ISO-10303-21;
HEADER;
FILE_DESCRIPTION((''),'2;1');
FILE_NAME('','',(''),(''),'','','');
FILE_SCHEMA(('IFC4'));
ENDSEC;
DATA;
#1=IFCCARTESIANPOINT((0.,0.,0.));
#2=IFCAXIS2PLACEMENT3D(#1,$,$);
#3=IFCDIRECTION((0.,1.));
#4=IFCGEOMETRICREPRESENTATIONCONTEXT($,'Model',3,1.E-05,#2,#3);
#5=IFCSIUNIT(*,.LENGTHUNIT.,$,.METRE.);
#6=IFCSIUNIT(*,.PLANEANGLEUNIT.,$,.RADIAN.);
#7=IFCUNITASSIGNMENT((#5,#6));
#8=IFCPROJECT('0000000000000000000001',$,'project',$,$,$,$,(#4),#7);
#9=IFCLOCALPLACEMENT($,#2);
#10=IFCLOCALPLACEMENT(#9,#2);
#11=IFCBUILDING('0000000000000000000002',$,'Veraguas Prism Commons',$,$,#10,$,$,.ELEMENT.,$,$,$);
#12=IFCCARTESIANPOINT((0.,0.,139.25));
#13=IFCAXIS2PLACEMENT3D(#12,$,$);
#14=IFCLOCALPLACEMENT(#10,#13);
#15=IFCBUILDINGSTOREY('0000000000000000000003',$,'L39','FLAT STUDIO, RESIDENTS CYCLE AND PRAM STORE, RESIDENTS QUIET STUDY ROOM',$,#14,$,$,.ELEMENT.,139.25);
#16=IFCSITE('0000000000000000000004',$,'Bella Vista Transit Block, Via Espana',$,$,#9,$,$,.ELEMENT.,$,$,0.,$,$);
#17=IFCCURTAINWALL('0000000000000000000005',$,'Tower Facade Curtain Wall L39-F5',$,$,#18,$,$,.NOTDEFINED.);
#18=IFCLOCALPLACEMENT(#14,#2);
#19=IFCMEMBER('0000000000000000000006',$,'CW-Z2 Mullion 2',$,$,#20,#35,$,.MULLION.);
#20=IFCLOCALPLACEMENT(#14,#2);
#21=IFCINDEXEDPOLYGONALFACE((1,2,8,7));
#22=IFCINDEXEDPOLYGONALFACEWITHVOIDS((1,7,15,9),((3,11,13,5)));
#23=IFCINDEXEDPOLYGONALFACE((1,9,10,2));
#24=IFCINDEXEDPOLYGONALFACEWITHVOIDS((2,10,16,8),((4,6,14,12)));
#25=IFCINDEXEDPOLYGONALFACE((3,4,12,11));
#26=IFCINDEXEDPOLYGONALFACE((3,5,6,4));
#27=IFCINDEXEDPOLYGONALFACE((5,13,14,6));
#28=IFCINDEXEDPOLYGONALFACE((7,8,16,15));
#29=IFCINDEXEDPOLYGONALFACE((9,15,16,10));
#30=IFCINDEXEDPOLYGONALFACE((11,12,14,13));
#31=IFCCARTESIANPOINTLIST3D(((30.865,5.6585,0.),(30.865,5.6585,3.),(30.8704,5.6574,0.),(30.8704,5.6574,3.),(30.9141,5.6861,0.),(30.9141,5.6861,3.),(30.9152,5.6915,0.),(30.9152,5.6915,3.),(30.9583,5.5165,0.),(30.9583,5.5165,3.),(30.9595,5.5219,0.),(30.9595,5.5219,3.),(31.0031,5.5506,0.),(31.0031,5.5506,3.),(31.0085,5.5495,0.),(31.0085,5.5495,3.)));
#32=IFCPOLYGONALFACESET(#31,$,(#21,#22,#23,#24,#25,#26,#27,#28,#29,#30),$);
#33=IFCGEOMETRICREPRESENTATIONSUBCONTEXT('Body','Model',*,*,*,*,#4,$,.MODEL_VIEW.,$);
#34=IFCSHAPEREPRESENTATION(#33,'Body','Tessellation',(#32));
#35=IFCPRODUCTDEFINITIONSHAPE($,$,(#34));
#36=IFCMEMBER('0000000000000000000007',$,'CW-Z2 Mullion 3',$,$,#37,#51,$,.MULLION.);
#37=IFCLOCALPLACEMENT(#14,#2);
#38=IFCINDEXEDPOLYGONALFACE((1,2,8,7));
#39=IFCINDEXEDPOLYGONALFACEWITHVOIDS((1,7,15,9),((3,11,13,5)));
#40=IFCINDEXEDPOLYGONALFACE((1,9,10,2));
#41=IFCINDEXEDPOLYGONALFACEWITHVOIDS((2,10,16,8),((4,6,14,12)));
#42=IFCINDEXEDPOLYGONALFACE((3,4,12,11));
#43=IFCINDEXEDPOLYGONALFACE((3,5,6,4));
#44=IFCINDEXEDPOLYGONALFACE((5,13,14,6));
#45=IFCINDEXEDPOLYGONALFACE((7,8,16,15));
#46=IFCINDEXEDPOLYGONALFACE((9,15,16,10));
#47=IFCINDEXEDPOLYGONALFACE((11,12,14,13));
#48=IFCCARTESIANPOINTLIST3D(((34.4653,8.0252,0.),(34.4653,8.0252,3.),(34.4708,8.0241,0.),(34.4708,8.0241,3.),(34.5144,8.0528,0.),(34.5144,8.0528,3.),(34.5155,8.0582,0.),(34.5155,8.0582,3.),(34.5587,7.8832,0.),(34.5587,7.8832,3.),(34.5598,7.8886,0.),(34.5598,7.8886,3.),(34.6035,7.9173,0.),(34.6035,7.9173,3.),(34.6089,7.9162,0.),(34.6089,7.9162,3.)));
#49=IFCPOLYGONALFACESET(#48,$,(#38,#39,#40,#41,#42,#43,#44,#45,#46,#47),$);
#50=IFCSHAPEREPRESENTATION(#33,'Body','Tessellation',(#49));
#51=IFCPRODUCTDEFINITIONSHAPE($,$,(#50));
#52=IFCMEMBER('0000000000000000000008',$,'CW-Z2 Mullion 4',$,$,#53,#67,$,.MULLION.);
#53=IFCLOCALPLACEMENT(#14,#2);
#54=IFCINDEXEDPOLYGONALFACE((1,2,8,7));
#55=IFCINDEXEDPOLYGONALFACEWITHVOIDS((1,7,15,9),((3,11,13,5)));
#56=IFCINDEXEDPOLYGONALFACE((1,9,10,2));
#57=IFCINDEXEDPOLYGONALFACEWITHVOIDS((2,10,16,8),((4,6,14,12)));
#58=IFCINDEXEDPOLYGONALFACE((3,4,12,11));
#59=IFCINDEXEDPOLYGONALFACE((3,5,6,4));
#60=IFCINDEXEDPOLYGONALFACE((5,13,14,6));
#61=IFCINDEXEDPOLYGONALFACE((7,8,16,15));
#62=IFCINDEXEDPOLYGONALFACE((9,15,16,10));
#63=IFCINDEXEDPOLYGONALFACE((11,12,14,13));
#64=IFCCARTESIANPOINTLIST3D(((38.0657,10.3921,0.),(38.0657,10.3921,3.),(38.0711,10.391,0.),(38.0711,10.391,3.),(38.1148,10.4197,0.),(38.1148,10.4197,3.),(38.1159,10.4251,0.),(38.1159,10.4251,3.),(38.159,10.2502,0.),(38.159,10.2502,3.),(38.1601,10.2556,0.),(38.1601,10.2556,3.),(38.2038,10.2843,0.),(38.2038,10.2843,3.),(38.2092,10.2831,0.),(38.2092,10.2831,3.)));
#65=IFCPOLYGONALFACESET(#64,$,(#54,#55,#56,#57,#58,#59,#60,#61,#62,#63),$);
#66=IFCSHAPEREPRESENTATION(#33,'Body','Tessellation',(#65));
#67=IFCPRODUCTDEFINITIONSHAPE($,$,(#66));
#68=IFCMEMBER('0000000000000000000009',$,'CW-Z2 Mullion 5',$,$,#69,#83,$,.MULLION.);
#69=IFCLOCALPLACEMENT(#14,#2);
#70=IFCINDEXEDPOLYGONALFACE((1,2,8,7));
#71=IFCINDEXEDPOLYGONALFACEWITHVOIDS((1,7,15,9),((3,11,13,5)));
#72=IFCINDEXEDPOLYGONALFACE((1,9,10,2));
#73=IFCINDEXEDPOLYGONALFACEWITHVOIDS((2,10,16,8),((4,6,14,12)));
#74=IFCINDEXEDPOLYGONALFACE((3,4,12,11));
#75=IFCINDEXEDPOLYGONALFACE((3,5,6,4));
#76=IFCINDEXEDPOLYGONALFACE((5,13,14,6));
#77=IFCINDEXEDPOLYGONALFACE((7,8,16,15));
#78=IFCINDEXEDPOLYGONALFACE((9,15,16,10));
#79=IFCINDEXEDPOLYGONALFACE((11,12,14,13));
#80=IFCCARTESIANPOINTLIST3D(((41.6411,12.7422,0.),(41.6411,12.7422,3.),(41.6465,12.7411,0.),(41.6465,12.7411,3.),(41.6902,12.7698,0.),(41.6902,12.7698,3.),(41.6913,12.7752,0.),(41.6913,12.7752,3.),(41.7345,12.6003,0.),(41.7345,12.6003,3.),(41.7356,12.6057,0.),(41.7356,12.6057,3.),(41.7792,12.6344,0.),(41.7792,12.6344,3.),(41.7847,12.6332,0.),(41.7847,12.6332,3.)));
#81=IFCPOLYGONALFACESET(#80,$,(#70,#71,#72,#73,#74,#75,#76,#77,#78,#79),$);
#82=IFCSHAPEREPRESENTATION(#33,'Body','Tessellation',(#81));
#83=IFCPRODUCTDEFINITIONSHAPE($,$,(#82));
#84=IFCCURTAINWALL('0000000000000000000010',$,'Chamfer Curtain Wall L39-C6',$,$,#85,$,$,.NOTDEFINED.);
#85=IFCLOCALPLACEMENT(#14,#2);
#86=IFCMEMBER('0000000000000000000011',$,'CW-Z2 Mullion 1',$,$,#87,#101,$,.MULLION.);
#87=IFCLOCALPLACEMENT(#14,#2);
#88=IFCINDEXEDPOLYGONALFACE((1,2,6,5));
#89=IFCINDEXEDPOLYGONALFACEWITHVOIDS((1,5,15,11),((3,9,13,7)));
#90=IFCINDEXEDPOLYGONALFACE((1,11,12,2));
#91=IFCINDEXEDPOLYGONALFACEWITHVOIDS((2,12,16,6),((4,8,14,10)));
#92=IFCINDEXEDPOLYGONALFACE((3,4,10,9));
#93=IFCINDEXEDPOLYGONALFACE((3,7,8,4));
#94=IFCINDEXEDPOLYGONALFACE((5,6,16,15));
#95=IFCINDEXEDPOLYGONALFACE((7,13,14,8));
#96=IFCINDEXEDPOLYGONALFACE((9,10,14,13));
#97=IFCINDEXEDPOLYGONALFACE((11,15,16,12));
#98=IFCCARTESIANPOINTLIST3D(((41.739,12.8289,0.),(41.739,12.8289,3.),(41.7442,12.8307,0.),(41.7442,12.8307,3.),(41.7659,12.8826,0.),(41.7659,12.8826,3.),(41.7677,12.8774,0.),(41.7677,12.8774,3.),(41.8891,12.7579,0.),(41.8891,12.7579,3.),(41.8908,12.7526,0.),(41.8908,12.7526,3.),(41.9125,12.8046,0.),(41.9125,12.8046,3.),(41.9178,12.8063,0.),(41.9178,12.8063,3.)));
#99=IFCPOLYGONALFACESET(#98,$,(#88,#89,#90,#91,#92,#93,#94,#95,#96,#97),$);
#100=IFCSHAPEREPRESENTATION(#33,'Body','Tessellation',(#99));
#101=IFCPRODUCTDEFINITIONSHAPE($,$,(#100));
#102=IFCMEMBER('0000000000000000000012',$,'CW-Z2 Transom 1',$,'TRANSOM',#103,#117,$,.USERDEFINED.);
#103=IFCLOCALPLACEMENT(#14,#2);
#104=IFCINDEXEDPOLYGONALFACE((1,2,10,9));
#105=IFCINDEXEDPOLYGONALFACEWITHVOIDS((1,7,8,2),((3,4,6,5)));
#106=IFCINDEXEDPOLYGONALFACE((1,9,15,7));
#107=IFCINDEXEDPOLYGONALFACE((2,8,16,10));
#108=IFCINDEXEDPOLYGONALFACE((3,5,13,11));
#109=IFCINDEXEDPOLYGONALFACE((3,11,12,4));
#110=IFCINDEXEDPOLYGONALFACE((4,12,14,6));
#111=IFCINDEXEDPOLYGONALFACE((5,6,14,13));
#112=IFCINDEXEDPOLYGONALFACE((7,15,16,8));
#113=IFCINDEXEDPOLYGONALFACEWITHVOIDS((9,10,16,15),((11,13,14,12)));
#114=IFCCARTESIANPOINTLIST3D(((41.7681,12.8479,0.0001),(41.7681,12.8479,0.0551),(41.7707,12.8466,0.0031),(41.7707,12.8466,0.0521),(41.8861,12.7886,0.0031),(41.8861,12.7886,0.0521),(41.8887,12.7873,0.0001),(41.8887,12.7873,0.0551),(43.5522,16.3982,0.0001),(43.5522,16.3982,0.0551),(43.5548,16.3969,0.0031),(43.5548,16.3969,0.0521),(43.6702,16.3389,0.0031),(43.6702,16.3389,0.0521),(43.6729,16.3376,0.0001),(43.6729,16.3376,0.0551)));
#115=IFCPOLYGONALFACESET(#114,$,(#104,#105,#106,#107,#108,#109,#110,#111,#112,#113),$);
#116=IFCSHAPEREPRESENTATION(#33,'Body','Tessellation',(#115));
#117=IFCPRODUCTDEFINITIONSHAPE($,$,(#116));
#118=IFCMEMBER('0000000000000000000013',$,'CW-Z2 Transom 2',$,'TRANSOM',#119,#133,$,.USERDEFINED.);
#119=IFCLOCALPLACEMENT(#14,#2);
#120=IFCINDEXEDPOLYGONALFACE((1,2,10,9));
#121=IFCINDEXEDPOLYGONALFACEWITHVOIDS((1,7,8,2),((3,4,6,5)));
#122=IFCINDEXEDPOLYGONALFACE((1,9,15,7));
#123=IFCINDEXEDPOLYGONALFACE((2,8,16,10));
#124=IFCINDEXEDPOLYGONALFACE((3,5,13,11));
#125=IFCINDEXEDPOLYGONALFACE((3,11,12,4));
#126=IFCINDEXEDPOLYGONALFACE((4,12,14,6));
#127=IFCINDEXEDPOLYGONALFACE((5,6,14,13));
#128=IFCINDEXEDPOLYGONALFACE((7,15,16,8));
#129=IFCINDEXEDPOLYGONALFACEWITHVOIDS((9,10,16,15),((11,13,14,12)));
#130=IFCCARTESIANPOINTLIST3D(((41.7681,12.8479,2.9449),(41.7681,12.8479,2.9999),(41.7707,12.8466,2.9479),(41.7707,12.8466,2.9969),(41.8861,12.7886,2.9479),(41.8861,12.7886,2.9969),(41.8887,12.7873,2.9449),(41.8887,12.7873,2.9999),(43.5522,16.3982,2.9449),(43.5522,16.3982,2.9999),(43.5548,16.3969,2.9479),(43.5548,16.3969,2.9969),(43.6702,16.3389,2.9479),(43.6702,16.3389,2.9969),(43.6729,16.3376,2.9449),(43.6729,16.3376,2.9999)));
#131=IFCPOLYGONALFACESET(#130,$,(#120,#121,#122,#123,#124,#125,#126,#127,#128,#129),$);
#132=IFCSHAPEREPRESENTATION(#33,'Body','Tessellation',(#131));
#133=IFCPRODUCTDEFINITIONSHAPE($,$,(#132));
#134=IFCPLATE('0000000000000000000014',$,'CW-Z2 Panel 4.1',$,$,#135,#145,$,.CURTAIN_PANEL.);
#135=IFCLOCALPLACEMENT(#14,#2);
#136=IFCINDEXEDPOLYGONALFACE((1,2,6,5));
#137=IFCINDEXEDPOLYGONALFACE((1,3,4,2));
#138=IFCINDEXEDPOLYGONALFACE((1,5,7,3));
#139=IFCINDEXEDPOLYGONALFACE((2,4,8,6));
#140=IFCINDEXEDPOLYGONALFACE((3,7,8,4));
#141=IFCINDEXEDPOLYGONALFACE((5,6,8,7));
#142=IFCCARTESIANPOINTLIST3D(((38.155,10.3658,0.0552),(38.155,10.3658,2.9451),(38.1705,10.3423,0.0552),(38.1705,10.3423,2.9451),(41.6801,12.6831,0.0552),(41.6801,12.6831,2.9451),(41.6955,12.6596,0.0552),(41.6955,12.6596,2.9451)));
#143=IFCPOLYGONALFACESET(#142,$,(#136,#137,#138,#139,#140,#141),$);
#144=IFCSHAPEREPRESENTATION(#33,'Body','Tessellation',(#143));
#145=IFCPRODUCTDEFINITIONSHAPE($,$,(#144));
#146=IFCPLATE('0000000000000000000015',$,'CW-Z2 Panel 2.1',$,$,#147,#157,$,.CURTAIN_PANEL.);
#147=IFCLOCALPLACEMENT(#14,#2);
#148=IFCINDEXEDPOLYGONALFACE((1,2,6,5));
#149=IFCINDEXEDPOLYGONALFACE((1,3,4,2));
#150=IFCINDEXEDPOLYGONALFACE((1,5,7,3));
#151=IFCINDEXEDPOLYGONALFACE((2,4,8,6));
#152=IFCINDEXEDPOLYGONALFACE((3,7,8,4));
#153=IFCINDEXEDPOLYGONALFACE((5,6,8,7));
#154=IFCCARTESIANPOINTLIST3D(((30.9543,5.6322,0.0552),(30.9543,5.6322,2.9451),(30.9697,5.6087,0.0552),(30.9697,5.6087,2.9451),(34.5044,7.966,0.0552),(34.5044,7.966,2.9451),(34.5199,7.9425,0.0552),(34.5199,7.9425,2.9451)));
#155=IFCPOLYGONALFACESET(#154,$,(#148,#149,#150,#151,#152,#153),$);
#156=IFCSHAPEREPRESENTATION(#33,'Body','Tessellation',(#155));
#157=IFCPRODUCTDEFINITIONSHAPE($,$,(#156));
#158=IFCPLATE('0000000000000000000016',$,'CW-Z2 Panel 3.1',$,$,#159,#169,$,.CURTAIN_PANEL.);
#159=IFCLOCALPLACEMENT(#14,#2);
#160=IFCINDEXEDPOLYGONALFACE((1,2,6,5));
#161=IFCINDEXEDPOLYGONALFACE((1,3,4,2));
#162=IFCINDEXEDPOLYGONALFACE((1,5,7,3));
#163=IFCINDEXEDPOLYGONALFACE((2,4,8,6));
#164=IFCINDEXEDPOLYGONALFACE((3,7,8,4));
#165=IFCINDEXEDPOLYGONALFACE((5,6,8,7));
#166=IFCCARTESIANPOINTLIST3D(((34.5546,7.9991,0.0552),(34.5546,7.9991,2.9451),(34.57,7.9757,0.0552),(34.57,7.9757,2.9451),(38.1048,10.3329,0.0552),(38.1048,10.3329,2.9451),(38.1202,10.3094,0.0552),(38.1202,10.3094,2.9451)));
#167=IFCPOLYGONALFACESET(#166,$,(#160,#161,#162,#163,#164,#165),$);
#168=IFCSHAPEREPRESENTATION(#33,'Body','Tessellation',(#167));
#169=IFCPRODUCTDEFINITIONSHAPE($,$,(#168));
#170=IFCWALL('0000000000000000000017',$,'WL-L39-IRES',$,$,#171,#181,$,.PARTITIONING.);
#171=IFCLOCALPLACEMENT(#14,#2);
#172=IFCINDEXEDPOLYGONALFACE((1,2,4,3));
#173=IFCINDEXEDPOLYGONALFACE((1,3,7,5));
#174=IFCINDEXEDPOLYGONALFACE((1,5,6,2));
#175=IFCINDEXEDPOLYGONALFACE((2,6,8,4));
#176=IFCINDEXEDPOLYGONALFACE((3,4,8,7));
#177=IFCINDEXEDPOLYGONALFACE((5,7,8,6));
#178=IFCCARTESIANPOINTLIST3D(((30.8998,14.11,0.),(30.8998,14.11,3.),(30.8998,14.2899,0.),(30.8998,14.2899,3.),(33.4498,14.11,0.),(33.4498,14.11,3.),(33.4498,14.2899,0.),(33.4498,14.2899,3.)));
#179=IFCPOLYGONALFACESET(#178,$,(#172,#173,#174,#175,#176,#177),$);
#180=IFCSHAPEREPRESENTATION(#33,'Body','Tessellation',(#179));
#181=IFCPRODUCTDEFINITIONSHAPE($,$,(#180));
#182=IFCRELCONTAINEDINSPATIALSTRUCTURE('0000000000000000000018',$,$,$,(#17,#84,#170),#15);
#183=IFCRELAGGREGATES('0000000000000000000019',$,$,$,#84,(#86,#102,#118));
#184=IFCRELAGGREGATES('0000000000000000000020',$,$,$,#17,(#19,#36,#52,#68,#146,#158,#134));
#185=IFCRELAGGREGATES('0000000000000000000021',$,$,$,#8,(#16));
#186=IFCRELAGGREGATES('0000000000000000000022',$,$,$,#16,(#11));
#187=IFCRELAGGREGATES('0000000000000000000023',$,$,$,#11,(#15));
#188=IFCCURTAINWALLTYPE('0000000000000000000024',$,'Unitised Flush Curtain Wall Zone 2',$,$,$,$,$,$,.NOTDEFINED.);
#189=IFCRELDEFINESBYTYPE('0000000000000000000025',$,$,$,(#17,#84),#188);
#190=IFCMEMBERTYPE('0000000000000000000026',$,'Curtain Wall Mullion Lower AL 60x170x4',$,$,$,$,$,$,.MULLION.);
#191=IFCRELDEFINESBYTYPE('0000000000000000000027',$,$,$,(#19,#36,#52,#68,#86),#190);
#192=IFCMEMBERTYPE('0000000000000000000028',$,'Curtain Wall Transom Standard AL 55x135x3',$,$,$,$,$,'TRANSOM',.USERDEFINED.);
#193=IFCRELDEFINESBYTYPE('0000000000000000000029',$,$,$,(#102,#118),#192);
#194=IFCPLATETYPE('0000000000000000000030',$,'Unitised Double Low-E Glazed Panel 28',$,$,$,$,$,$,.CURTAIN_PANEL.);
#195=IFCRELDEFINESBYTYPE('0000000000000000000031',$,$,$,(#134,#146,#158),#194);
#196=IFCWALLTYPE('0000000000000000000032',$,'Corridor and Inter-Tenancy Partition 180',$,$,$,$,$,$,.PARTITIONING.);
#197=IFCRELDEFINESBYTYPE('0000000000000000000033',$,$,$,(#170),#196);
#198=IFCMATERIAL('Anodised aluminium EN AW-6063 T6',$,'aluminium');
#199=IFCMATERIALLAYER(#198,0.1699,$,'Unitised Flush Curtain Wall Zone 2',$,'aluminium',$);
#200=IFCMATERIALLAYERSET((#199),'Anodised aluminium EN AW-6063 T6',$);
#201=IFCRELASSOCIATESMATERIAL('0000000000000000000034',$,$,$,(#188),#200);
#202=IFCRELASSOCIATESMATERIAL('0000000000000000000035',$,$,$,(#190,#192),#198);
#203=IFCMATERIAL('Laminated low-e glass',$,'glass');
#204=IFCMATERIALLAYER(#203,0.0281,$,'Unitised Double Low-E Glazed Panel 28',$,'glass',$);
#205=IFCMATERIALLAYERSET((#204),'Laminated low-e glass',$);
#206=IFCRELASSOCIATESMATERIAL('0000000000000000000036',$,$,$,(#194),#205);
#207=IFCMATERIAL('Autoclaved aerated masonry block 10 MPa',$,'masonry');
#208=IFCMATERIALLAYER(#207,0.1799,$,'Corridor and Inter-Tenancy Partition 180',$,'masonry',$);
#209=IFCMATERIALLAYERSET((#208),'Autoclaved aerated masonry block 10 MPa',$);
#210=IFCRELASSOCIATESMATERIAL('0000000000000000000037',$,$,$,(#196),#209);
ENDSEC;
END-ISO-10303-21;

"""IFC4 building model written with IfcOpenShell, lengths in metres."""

from ifc_helpers import new_model, si_unit, direction, frame, frame_2d, origin, origin_2d, place, context, subcontext, project, spatial, rectangle, hollow_rectangle, extrude, source, transform, mapped, material, layer, layer_set, material_profile, profile_set, type_object, element, aggregate, save


model = new_model("IFC4")

# Units and contexts
model_context = context("Model", 3, precision=1e-05, world=origin(), true_north=direction((0.0, 1.0)))
body_context = subcontext(model_context, "Body", "Model", "MODEL_VIEW")
ifc_project = project(units=[si_unit("LENGTHUNIT", "METRE"), si_unit("PLANEANGLEUNIT", "RADIAN")], contexts=[model_context])

# Site, building, storey
site_placement = place(None, origin())
site = spatial("IfcSite", under=ifc_project, at=site_placement, Name="Bella Vista Transit Block, Via Espana", CompositionType="ELEMENT", RefElevation=0.0)
building_placement = place(site_placement, origin())
building = spatial("IfcBuilding", under=site, at=building_placement, Name="Veraguas Prism Commons", CompositionType="ELEMENT")
storey_placement = place(building_placement, frame((0.0, 0.0, 139.25)))
storey = spatial("IfcBuildingStorey", under=building, at=storey_placement, Name="L39", Description="FLAT STUDIO, RESIDENTS CYCLE AND PRAM STORE, RESIDENTS QUIET STUDY ROOM", CompositionType="ELEMENT", Elevation=139.25)

# Curtain walls, members
ifc_material_1 = material(Name="Anodised aluminium EN AW-6063 T6", Category="aluminium")
ifc_layer_1 = layer(ifc_material_1, 0.1699, Name="Unitised Flush Curtain Wall Zone 2", Category="aluminium")
ifc_layer_set_1 = layer_set([ifc_layer_1], Name="Anodised aluminium EN AW-6063 T6")
curtain_wall_type = type_object("IfcCurtainWallType", Name="Unitised Flush Curtain Wall Zone 2", PredefinedType="NOTDEFINED", material=ifc_layer_set_1)
curtain_wall_1_placement = place(storey_placement, origin())
curtain_wall_1 = element("IfcCurtainWall", 1, at=curtain_wall_1_placement, inside=storey, type_object=curtain_wall_type, Name="Tower Facade Curtain Wall L39-F5", PredefinedType="NOTDEFINED")
ifc_material_profile_1 = material_profile(ifc_material_1, hollow_rectangle(XDim=0.0601, YDim=0.1699, WallThickness=0.0039, at=origin_2d()), Name="AL60X170X4")
ifc_profile_set_1 = profile_set([ifc_material_profile_1], Name="Anodised aluminium EN AW-6063 T6")
member_type_1 = type_object("IfcMemberType", Name="Curtain Wall Mullion Lower AL 60x170x4", PredefinedType="MULLION", material=ifc_profile_set_1)
shared_shape_1 = source(origin(), body_context, "Body", "SweptSolid", [
    extrude(hollow_rectangle(XDim=0.0601, YDim=0.1699, WallThickness=0.0039, at=origin_2d()), origin(), (0.0, 0.0, 1.0), 3.0),
])
member_1_placement = place(storey_placement, frame((30.9368, 5.604, 0.0), z_axis=(0.0, 0.0, 1.0), x_axis=(0.83562, 0.549309, 0.0)))
member_1 = element("IfcMember", 2, at=member_1_placement, type_object=member_type_1, Name="CW-Z2 Mullion 2", PredefinedType="MULLION", context=body_context, shape_type="MappedRepresentation", body=[
    mapped(shared_shape_1, transform((0.0, 0.0, 0.0), scale=1.0)),
])
member_2_placement = place(storey_placement, frame((34.5371, 7.9707, 0.0), z_axis=(0.0, 0.0, 1.0), x_axis=(0.83562, 0.549309, 0.0)))
member_2 = element("IfcMember", 3, at=member_2_placement, type_object=member_type_1, Name="CW-Z2 Mullion 3", PredefinedType="MULLION", context=body_context, shape_type="MappedRepresentation", body=[
    mapped(shared_shape_1, transform((0.0, 0.0, 0.0), scale=1.0)),
])
member_3_placement = place(storey_placement, frame((38.1375, 10.3376, 0.0), z_axis=(0.0, 0.0, 1.0), x_axis=(0.83562, 0.549309, 0.0)))
member_3 = element("IfcMember", 4, at=member_3_placement, type_object=member_type_1, Name="CW-Z2 Mullion 4", PredefinedType="MULLION", context=body_context, shape_type="MappedRepresentation", body=[
    mapped(shared_shape_1, transform((0.0, 0.0, 0.0), scale=1.0)),
])
member_4_placement = place(storey_placement, frame((41.7129, 12.6877, 0.0), z_axis=(0.0, 0.0, 1.0), x_axis=(0.83562, 0.549309, 0.0)))
member_4 = element("IfcMember", 5, at=member_4_placement, type_object=member_type_1, Name="CW-Z2 Mullion 5", PredefinedType="MULLION", context=body_context, shape_type="MappedRepresentation", body=[
    mapped(shared_shape_1, transform((0.0, 0.0, 0.0), scale=1.0)),
])
curtain_wall_2_placement = place(storey_placement, origin())
curtain_wall_2 = element("IfcCurtainWall", 6, at=curtain_wall_2_placement, inside=storey, type_object=curtain_wall_type, Name="Chamfer Curtain Wall L39-C6", PredefinedType="NOTDEFINED")
member_5_placement = place(storey_placement, frame((41.8284, 12.8176, 0.0), z_axis=(0.0, 0.0, 1.0), x_axis=(0.449018, 0.893523, 0.0)))
member_5 = element("IfcMember", 7, at=member_5_placement, type_object=member_type_1, Name="CW-Z2 Mullion 1", PredefinedType="MULLION", context=body_context, shape_type="MappedRepresentation", body=[
    mapped(shared_shape_1, transform((0.0, 0.0, 0.0), scale=1.0)),
])
ifc_material_profile_2 = material_profile(ifc_material_1, hollow_rectangle(XDim=0.0549, YDim=0.135, WallThickness=0.0029, at=origin_2d()), Name="AL55X135X3")
ifc_profile_set_2 = profile_set([ifc_material_profile_2], Name="Anodised aluminium EN AW-6063 T6")
member_type_2 = type_object("IfcMemberType", Name="Curtain Wall Transom Standard AL 55x135x3", ElementType="TRANSOM", PredefinedType="USERDEFINED", material=ifc_profile_set_2)
shared_shape_2 = source(origin(), body_context, "Body", "SweptSolid", [
    extrude(hollow_rectangle(XDim=0.0549, YDim=0.135, WallThickness=0.0029, at=origin_2d()), origin(), (0.0, 0.0, 1.0), 3.9734),
])
member_6_placement = place(storey_placement, frame((41.8284, 12.8176, 0.0276), z_axis=(0.449031, 0.893516, 0.0), x_axis=(0.0, 0.0, 1.0)))
member_6 = element("IfcMember", 8, at=member_6_placement, type_object=member_type_2, Name="CW-Z2 Transom 1", ObjectType="TRANSOM", PredefinedType="USERDEFINED", context=body_context, shape_type="MappedRepresentation", body=[
    mapped(shared_shape_2, transform((0.0, 0.0, 0.0), scale=1.0)),
])
member_7_placement = place(storey_placement, frame((41.8284, 12.8176, 2.9724), z_axis=(0.449031, 0.893516, 0.0), x_axis=(0.0, 0.0, 1.0)))
member_7 = element("IfcMember", 9, at=member_7_placement, type_object=member_type_2, Name="CW-Z2 Transom 2", ObjectType="TRANSOM", PredefinedType="USERDEFINED", context=body_context, shape_type="MappedRepresentation", body=[
    mapped(shared_shape_2, transform((0.0, 0.0, 0.0), scale=1.0)),
])
aggregate(curtain_wall_2, [member_5, member_6, member_7])

# Plates
ifc_material_2 = material(Name="Laminated low-e glass", Category="glass")
ifc_layer_2 = layer(ifc_material_2, 0.0281, Name="Unitised Double Low-E Glazed Panel 28", Category="glass")
ifc_layer_set_2 = layer_set([ifc_layer_2], Name="Laminated low-e glass")
plate_type = type_object("IfcPlateType", Name="Unitised Double Low-E Glazed Panel 28", PredefinedType="CURTAIN_PANEL", material=ifc_layer_set_2)
shared_shape_3 = source(origin(), body_context, "Body", "SweptSolid", [
    extrude(rectangle(XDim=4.2185, YDim=0.0281, at=origin_2d()), origin(), (0.0, 0.0, 1.0), 2.8899),
])
plate_1_placement = place(storey_placement, frame((39.9253, 11.5127, 0.0552), z_axis=(0.0, 0.0, 1.0), x_axis=(0.83562, 0.549309, 0.0)))
plate_1 = element("IfcPlate", 10, at=plate_1_placement, type_object=plate_type, Name="CW-Z2 Panel 4.1", PredefinedType="CURTAIN_PANEL", context=body_context, shape_type="MappedRepresentation", body=[
    mapped(shared_shape_3, transform((0.0, 0.0, 0.0), scale=1.0)),
])
shared_shape_4 = source(origin(), body_context, "Body", "SweptSolid", [
    extrude(rectangle(XDim=4.2485, YDim=0.0281, at=origin_2d()), origin(), (0.0, 0.0, 1.0), 2.8899),
])
plate_2_placement = place(storey_placement, frame((32.7371, 6.7874, 0.0552), z_axis=(0.0, 0.0, 1.0), x_axis=(0.83562, 0.549309, 0.0)))
plate_2 = element("IfcPlate", 11, at=plate_2_placement, type_object=plate_type, Name="CW-Z2 Panel 2.1", PredefinedType="CURTAIN_PANEL", context=body_context, shape_type="MappedRepresentation", body=[
    mapped(shared_shape_4, transform((0.0, 0.0, 0.0), scale=1.0)),
])
plate_3_placement = place(storey_placement, frame((36.3374, 9.1543, 0.0552), z_axis=(0.0, 0.0, 1.0), x_axis=(0.83562, 0.549309, 0.0)))
plate_3 = element("IfcPlate", 12, at=plate_3_placement, type_object=plate_type, Name="CW-Z2 Panel 3.1", PredefinedType="CURTAIN_PANEL", context=body_context, shape_type="MappedRepresentation", body=[
    mapped(shared_shape_4, transform((0.0, 0.0, 0.0), scale=1.0)),
])
aggregate(curtain_wall_1, [member_1, member_2, member_3, member_4, plate_2, plate_3, plate_1])

# Wall
ifc_material_3 = material(Name="Autoclaved aerated masonry block 10 MPa", Category="masonry")
ifc_layer_3 = layer(ifc_material_3, 0.1799, Name="Corridor and Inter-Tenancy Partition 180", Category="masonry")
ifc_layer_set_3 = layer_set([ifc_layer_3], Name="Autoclaved aerated masonry block 10 MPa")
wall_type_1 = type_object("IfcWallType", Name="Corridor and Inter-Tenancy Partition 180", PredefinedType="PARTITIONING", material=ifc_layer_set_3)
wall_1_placement = place(storey_placement, frame((30.8999, 14.2, 0.0), z_axis=(0.0, 0.0, 1.0), x_axis=(1.0, 0.0, 0.0)))
element("IfcWall", 13, at=wall_1_placement, inside=storey, type_object=wall_type_1, Name="WL-L39-IRES", PredefinedType="PARTITIONING", context=body_context, shape_type="SweptSolid", body=[
    extrude(rectangle(XDim=2.55, YDim=0.1799, at=frame_2d((1.2749, 0.0))), origin(), (0.0, 0.0, 1.0), 3.0),
])

save(model, "model.ifc")
